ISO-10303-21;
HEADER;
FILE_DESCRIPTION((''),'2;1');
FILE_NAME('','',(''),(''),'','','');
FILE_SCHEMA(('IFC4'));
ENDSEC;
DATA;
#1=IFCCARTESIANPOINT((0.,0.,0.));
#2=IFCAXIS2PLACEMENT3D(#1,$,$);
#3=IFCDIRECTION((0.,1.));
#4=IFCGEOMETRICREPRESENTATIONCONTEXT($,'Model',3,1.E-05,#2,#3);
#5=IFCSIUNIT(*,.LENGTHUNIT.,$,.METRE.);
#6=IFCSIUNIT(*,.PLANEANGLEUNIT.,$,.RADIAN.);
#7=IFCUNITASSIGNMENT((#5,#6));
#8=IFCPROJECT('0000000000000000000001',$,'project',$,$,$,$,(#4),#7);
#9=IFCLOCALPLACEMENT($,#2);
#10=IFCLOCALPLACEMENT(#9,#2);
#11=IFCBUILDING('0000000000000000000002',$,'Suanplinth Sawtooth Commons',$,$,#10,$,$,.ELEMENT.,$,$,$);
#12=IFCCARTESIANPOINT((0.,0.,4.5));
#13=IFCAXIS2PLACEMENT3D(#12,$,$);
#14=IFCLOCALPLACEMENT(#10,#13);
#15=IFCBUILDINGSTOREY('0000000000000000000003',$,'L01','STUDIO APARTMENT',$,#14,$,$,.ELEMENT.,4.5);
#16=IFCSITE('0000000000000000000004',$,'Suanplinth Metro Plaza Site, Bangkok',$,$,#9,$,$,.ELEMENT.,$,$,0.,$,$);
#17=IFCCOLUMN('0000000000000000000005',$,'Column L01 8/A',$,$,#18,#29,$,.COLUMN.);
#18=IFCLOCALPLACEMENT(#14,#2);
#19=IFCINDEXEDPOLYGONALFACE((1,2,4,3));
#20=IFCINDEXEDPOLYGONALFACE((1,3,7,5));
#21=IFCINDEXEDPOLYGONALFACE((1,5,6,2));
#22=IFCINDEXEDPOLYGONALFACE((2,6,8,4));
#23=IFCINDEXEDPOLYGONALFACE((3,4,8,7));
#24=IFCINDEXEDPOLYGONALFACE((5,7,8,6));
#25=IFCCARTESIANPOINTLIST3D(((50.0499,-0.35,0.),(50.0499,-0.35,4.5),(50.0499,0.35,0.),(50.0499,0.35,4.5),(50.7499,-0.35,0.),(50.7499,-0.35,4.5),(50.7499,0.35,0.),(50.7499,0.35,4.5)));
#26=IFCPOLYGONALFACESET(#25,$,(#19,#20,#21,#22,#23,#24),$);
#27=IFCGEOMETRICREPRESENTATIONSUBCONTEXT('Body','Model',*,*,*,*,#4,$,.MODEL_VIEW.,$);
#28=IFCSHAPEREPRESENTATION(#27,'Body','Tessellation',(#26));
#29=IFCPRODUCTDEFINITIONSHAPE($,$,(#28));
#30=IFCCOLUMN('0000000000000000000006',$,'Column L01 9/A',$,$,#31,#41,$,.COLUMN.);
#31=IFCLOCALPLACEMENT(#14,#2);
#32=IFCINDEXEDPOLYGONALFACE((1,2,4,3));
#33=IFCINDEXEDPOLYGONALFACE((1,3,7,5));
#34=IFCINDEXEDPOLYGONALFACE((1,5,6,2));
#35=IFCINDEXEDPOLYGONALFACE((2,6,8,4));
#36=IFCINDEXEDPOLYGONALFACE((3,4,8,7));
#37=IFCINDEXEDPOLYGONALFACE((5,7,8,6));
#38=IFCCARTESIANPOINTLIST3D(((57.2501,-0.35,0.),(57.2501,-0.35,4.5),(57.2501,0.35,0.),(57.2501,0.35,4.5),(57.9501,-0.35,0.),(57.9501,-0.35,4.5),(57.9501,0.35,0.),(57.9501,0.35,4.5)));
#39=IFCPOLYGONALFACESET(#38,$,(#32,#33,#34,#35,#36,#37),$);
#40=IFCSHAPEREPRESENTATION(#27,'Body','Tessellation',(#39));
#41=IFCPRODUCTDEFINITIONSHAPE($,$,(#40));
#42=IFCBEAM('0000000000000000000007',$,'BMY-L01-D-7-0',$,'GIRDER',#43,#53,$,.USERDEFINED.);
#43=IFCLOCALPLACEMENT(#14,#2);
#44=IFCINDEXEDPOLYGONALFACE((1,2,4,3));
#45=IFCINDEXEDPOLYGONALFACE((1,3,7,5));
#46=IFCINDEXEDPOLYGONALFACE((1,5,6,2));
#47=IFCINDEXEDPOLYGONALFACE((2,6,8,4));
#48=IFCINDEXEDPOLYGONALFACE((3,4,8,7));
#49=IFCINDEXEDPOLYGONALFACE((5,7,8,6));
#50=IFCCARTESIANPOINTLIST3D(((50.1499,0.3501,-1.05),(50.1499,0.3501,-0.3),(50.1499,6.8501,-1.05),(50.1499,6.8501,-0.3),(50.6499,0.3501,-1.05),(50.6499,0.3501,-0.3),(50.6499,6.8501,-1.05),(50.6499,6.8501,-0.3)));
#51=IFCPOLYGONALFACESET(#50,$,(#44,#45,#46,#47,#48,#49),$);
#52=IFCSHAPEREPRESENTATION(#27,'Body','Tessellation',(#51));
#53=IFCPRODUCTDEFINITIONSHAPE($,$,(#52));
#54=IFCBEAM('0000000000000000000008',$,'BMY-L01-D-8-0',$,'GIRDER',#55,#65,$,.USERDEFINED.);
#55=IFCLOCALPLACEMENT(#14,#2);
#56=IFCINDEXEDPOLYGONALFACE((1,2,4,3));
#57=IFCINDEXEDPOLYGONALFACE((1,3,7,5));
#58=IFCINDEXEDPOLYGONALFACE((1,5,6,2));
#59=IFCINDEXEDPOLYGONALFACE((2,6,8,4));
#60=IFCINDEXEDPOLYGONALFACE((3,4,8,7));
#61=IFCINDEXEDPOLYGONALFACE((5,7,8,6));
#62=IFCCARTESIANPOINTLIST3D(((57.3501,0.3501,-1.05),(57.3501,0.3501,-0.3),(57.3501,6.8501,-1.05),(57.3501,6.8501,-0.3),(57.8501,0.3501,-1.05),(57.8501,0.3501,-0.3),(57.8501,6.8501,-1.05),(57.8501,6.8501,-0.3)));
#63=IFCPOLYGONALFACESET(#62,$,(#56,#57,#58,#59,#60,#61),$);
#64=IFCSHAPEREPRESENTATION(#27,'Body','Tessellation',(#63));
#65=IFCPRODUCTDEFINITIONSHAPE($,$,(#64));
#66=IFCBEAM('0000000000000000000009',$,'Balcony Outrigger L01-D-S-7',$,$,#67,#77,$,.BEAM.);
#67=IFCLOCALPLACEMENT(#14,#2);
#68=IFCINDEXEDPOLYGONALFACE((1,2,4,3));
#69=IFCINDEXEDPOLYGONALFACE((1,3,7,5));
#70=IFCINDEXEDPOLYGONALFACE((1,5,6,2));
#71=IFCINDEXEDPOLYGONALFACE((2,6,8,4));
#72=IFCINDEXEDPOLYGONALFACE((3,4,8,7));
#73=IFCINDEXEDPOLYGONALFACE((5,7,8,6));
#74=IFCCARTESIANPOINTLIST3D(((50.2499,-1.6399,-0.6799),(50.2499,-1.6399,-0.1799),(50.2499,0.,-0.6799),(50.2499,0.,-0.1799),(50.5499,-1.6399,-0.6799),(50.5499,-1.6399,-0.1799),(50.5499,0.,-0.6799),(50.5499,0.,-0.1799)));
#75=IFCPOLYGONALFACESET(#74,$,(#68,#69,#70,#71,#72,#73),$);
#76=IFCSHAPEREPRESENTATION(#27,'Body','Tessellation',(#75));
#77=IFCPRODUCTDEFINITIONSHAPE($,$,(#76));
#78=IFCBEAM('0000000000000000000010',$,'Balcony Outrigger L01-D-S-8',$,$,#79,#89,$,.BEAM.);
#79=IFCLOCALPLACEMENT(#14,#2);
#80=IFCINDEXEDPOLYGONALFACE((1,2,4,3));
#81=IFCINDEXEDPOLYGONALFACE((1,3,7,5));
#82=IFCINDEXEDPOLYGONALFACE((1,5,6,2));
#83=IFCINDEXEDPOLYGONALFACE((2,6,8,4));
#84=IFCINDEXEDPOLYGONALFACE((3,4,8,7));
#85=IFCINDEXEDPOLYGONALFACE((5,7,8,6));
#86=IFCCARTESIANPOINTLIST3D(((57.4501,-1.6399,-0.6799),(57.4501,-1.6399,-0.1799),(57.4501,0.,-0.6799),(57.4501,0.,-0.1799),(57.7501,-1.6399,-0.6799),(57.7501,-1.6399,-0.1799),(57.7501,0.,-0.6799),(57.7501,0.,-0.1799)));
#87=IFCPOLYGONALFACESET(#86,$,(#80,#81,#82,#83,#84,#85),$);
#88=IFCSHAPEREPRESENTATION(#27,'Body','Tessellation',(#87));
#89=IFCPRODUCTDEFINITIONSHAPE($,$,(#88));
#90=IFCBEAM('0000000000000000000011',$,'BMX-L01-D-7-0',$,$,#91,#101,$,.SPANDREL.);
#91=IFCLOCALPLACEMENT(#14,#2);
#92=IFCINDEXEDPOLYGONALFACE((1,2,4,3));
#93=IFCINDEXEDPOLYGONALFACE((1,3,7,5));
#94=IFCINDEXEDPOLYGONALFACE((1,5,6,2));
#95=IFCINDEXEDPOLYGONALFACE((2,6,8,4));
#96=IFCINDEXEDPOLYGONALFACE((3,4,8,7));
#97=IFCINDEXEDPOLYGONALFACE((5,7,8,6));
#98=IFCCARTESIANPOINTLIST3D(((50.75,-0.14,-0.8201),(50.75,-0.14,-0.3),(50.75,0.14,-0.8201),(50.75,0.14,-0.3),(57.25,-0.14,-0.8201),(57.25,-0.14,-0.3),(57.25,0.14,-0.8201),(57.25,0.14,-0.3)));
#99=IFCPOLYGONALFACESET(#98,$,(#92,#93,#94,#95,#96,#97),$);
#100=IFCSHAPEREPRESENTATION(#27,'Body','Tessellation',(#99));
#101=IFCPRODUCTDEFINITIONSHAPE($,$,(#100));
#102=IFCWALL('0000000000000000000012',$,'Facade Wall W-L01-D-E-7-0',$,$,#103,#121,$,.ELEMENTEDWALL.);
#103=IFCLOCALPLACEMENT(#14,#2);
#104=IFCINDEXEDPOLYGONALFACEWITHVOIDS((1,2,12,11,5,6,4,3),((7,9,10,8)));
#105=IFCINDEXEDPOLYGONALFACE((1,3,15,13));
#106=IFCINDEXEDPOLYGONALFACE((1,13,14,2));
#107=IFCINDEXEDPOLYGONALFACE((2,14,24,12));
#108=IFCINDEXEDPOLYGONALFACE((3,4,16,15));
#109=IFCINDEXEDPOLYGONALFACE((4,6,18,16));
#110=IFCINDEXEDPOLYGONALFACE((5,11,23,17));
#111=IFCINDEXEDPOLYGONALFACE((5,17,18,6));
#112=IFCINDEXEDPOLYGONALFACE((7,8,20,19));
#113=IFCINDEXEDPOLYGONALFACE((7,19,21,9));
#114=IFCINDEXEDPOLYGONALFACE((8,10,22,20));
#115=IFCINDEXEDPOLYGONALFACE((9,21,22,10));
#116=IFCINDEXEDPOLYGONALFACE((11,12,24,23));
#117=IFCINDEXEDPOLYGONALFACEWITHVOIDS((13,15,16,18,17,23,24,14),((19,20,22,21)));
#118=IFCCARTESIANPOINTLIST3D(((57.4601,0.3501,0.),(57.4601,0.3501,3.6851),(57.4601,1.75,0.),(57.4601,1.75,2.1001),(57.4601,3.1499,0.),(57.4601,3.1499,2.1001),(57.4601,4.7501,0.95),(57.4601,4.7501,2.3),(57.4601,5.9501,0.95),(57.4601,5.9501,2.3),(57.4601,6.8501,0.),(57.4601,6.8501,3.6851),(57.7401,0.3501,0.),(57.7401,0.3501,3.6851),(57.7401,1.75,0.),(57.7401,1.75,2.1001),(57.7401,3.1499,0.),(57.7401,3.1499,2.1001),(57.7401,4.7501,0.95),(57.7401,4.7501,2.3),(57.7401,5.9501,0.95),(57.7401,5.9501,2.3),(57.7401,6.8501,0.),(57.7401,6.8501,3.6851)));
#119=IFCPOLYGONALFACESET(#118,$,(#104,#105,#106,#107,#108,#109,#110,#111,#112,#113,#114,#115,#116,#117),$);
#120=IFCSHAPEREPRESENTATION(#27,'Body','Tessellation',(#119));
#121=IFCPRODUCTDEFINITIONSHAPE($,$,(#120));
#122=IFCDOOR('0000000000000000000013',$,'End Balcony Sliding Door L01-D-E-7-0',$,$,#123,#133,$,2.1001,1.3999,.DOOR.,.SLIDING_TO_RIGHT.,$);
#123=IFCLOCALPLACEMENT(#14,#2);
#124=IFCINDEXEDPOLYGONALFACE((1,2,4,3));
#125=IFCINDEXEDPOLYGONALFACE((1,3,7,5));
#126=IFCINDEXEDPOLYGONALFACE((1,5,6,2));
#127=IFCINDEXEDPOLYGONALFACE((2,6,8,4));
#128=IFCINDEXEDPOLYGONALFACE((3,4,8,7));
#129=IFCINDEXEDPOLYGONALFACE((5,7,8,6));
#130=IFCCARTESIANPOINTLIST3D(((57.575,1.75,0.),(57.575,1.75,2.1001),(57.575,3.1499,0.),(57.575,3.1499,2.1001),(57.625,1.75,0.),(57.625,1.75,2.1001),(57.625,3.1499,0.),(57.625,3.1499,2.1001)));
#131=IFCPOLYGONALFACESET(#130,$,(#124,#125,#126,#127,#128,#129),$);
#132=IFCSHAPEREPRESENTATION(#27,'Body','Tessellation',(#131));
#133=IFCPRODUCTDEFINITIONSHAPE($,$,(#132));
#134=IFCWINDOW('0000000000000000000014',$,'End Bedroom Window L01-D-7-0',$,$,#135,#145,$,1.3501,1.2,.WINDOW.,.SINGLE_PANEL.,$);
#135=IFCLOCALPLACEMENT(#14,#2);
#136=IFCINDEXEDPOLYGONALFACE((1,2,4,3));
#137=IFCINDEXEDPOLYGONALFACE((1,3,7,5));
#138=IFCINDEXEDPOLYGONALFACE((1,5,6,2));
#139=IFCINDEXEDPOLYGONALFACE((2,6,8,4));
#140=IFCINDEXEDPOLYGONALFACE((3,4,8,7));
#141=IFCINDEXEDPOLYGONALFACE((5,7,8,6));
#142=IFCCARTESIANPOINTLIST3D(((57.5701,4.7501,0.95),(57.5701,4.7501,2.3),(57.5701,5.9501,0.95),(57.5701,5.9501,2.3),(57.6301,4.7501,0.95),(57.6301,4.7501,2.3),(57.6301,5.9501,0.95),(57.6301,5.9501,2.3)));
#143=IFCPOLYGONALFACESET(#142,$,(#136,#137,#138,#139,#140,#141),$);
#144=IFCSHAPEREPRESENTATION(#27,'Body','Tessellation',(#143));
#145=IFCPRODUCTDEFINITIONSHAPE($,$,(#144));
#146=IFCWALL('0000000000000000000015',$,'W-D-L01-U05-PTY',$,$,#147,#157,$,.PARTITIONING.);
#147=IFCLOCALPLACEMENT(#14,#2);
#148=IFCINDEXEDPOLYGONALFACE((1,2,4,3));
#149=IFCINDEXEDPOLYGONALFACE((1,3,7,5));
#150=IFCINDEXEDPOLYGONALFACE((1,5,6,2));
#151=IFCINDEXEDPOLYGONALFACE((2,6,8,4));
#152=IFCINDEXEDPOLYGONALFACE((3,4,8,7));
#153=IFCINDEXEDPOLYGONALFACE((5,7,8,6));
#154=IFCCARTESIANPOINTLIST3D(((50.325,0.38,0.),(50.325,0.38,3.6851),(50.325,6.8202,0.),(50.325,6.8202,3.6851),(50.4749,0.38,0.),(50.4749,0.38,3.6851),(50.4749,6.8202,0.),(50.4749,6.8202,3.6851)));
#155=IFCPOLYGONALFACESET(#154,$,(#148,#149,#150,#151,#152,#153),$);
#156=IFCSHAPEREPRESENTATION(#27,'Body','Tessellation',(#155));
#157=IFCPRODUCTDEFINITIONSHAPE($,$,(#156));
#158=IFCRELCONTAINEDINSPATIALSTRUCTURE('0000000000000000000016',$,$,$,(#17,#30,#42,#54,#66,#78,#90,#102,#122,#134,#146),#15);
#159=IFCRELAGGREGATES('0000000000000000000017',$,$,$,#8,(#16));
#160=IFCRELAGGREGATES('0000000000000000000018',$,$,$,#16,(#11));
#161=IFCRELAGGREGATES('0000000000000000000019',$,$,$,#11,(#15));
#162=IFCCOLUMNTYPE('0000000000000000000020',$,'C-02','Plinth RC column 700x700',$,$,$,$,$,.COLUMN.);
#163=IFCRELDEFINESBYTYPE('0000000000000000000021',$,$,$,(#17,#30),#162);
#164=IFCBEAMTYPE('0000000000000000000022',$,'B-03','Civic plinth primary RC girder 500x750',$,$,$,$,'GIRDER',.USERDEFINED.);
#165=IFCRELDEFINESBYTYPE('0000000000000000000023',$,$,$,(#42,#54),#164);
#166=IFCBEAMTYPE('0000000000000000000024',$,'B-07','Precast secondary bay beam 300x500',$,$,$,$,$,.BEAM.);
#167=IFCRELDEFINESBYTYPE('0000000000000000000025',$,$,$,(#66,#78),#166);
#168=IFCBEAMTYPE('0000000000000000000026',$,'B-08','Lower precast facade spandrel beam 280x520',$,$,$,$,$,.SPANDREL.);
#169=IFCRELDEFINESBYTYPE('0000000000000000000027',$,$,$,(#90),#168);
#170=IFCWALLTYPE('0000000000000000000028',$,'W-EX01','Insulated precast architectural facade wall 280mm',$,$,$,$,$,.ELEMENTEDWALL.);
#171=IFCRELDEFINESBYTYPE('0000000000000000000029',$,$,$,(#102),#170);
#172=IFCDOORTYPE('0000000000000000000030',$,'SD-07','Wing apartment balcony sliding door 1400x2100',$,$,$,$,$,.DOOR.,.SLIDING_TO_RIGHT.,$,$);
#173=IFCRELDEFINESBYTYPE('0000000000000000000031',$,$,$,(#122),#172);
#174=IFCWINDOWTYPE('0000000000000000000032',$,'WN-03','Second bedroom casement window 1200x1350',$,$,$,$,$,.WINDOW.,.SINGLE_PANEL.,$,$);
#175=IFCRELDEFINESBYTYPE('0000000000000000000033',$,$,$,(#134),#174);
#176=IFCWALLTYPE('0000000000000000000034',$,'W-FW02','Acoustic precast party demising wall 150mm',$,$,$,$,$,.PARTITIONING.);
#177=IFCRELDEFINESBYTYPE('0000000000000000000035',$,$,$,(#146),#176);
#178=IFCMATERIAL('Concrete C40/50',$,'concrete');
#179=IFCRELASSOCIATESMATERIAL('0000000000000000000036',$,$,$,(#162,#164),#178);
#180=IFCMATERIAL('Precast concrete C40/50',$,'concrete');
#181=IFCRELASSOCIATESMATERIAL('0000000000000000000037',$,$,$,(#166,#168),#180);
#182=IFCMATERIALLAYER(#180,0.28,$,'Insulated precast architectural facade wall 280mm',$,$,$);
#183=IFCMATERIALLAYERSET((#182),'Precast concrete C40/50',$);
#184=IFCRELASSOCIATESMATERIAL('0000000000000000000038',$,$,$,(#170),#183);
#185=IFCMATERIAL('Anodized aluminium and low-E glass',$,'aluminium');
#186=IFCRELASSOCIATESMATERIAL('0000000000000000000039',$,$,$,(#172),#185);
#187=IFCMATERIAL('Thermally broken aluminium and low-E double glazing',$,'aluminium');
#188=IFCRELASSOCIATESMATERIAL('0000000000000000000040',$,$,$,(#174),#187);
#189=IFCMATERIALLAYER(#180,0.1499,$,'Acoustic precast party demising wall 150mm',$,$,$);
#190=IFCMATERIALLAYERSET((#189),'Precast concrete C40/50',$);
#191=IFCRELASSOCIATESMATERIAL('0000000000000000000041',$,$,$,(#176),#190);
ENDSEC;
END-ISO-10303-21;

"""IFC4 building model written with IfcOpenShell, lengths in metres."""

from ifc_helpers import new_model, si_unit, direction, frame, frame_2d, origin, origin_2d, place, context, subcontext, project, spatial, rectangle, extrude, material, layer, layer_set, material_profile, profile_set, type_object, element, fill, save


model = new_model("IFC4")

# Units and contexts
model_context = context("Model", 3, precision=1e-05, world=origin(), true_north=direction((0.0, 1.0)))
body_context = subcontext(model_context, "Body", "Model", "MODEL_VIEW")
ifc_project = project(units=[si_unit("LENGTHUNIT", "METRE"), si_unit("PLANEANGLEUNIT", "RADIAN")], contexts=[model_context])

# Site, building, storey
site_placement = place(None, origin())
site = spatial("IfcSite", under=ifc_project, at=site_placement, Name="Suanplinth Metro Plaza Site, Bangkok", CompositionType="ELEMENT", RefElevation=0.0)
building_placement = place(site_placement, origin())
building = spatial("IfcBuilding", under=site, at=building_placement, Name="Suanplinth Sawtooth Commons", CompositionType="ELEMENT")
storey_placement = place(building_placement, frame((0.0, 0.0, 4.5)))
storey = spatial("IfcBuildingStorey", under=building, at=storey_placement, Name="L01", Description="STUDIO APARTMENT", CompositionType="ELEMENT", Elevation=4.5)

# Columns
ifc_material_1 = material(Name="Concrete C40/50", Category="concrete")
ifc_material_profile_1 = material_profile(ifc_material_1, rectangle(XDim=0.7, YDim=0.7, at=origin_2d()), Name="RC-COL 700x700")
ifc_profile_set_1 = profile_set([ifc_material_profile_1], Name="Concrete C40/50")
column_type = type_object("IfcColumnType", Name="C-02", Description="Plinth RC column 700x700", PredefinedType="COLUMN", material=ifc_profile_set_1)
for number, where, z_axis, x_axis, name in (
    (1, (50.3999, 0.0, 0.0), (0.0, 0.0, 1.0), (1.0, 0.0, 0.0), "Column L01 8/A"),
    (2, (57.6001, 0.0, 0.0), (0.0, 0.0, 1.0), (1.0, 0.0, 0.0), "Column L01 9/A"),
):
    element("IfcColumn", number, at=place(storey_placement, frame(where, z_axis=z_axis, x_axis=x_axis)), inside=storey, type_object=column_type, Name=name, PredefinedType="COLUMN", context=body_context, shape_type="SweptSolid", body=[
        extrude(rectangle(XDim=0.7, YDim=0.7, at=origin_2d()), origin(), (0.0, 0.0, 1.0), 4.5),
    ])

# Beams
ifc_material_profile_2 = material_profile(ifc_material_1, rectangle(XDim=0.5, YDim=0.75, at=origin_2d()), Name="RC-GDR 500x750")
ifc_profile_set_2 = profile_set([ifc_material_profile_2], Name="Concrete C40/50")
beam_type_1 = type_object("IfcBeamType", Name="B-03", Description="Civic plinth primary RC girder 500x750", ElementType="GIRDER", PredefinedType="USERDEFINED", material=ifc_profile_set_2)
for number, where, z_axis, x_axis, name in (
    (3, (50.3999, 0.3501, -0.675), (0.0, 1.0, 0.0), (-1.0, 0.0, 0.0), "BMY-L01-D-7-0"),
    (4, (57.6001, 0.3501, -0.675), (0.0, 1.0, 0.0), (-1.0, 0.0, 0.0), "BMY-L01-D-8-0"),
):
    element("IfcBeam", number, at=place(storey_placement, frame(where, z_axis=z_axis, x_axis=x_axis)), inside=storey, type_object=beam_type_1, Name=name, ObjectType="GIRDER", PredefinedType="USERDEFINED", context=body_context, shape_type="SweptSolid", body=[
        extrude(rectangle(XDim=0.5, YDim=0.75, at=origin_2d()), origin(), (0.0, 0.0, 1.0), 6.5),
    ])
ifc_material_2 = material(Name="Precast concrete C40/50", Category="concrete")
ifc_material_profile_3 = material_profile(ifc_material_2, rectangle(XDim=0.3, YDim=0.5, at=origin_2d()), Name="PC-BM 300x500")
ifc_profile_set_3 = profile_set([ifc_material_profile_3], Name="Precast concrete C40/50")
beam_type_2 = type_object("IfcBeamType", Name="B-07", Description="Precast secondary bay beam 300x500", PredefinedType="BEAM", material=ifc_profile_set_3)
for number, where, z_axis, x_axis, name in (
    (5, (50.3999, 0.0, -0.4299), (0.0, -1.0, 0.0), (1.0, 0.0, 0.0), "Balcony Outrigger L01-D-S-7"),
    (6, (57.6001, 0.0, -0.4299), (0.0, -1.0, 0.0), (1.0, 0.0, 0.0), "Balcony Outrigger L01-D-S-8"),
):
    element("IfcBeam", number, at=place(storey_placement, frame(where, z_axis=z_axis, x_axis=x_axis)), inside=storey, type_object=beam_type_2, Name=name, PredefinedType="BEAM", context=body_context, shape_type="SweptSolid", body=[
        extrude(rectangle(XDim=0.3, YDim=0.5, at=origin_2d()), origin(), (0.0, 0.0, 1.0), 1.6399),
    ])
ifc_material_profile_4 = material_profile(ifc_material_2, rectangle(XDim=0.28, YDim=0.52, at=origin_2d()), Name="PC-SP 280x520")
ifc_profile_set_4 = profile_set([ifc_material_profile_4], Name="Precast concrete C40/50")
beam_type_3 = type_object("IfcBeamType", Name="B-08", Description="Lower precast facade spandrel beam 280x520", PredefinedType="SPANDREL", material=ifc_profile_set_4)
beam_placement = place(storey_placement, frame((50.75, 0.0, -0.5601), z_axis=(1.0, 0.0, 0.0), x_axis=(0.0, 1.0, 0.0)))
element("IfcBeam", 7, at=beam_placement, inside=storey, type_object=beam_type_3, Name="BMX-L01-D-7-0", PredefinedType="SPANDREL", context=body_context, shape_type="SweptSolid", body=[
    extrude(rectangle(XDim=0.28, YDim=0.52, at=origin_2d()), origin(), (0.0, 0.0, 1.0), 6.5),
])

# Wall, openings, door, window
ifc_layer_1 = layer(ifc_material_2, 0.28, Name="Insulated precast architectural facade wall 280mm")
ifc_layer_set_1 = layer_set([ifc_layer_1], Name="Precast concrete C40/50")
wall_type_1 = type_object("IfcWallType", Name="W-EX01", Description="Insulated precast architectural facade wall 280mm", PredefinedType="ELEMENTEDWALL", material=ifc_layer_set_1)
ifc_material_3 = material(Name="Anodized aluminium and low-E glass", Category="aluminium")
ifc_material_4 = material(Name="Thermally broken aluminium and low-E double glazing", Category="aluminium")
wall_1_placement = place(storey_placement, frame((57.6001, 0.3501, 0.0), z_axis=(0.0, 0.0, 1.0), x_axis=(0.0, 1.0, 0.0)))
wall_1 = element("IfcWall", 8, at=wall_1_placement, inside=storey, type_object=wall_type_1, Name="Facade Wall W-L01-D-E-7-0", PredefinedType="ELEMENTEDWALL", context=body_context, shape_type="SweptSolid", body=[
    extrude(rectangle(XDim=6.5, YDim=0.28, at=frame_2d((3.25, 0.0))), origin(), (0.0, 0.0, 1.0), 3.6851),
])
opening_1_placement = place(wall_1_placement, frame((1.3999, 0.0, 0.0)))
opening_1 = element("IfcOpeningElement", 9, at=opening_1_placement, cuts=wall_1, PredefinedType="OPENING", context=body_context, shape_type="SweptSolid", body=[
    extrude(rectangle(XDim=1.3999, YDim=2.1001, at=frame_2d((0.7, 1.05))), frame((0.0, 0.1548, 0.0), z_axis=(0.0, -1.0, 0.0), x_axis=(1.0, 0.0, 0.0)), (0.0, 0.0, 1.0), 0.3098),
])
opening_2_placement = place(wall_1_placement, frame((4.3999, 0.0, 0.95)))
opening_2 = element("IfcOpeningElement", 10, at=opening_2_placement, cuts=wall_1, PredefinedType="OPENING", context=body_context, shape_type="SweptSolid", body=[
    extrude(rectangle(XDim=1.2, YDim=1.3501, at=frame_2d((0.6001, 0.675))), frame((0.0, 0.1548, 0.0), z_axis=(0.0, -1.0, 0.0), x_axis=(1.0, 0.0, 0.0)), (0.0, 0.0, 1.0), 0.3098),
])
door_type_1 = type_object("IfcDoorType", Name="SD-07", Description="Wing apartment balcony sliding door 1400x2100", OperationType="SLIDING_TO_RIGHT", PredefinedType="DOOR", material=ifc_material_3)
door_1_placement = place(opening_1_placement, frame((1.3999, 0.0, 0.0), z_axis=(0.0, 0.0, 1.0), x_axis=(-1.0, 0.0, 0.0)))
door_1 = element("IfcDoor", 11, at=door_1_placement, inside=storey, type_object=door_type_1, Name="End Balcony Sliding Door L01-D-E-7-0", OperationType="SLIDING_TO_RIGHT", OverallHeight=2.1001, OverallWidth=1.3999, PredefinedType="DOOR", context=body_context, shape_type="SweptSolid", body=[
    extrude(rectangle(XDim=1.3999, YDim=2.1001, at=frame_2d((0.7, 1.05))), frame((0.0, 0.0249, 0.0), z_axis=(0.0, -1.0, 0.0), x_axis=(1.0, 0.0, 0.0)), (0.0, 0.0, 1.0), 0.05),
])
fill(opening_1, door_1)
window_type_1 = type_object("IfcWindowType", Name="WN-03", Description="Second bedroom casement window 1200x1350", PartitioningType="SINGLE_PANEL", PredefinedType="WINDOW", material=ifc_material_4)
window_1_placement = place(opening_2_placement, origin())
window_1 = element("IfcWindow", 12, at=window_1_placement, inside=storey, type_object=window_type_1, Name="End Bedroom Window L01-D-7-0", OverallHeight=1.3501, OverallWidth=1.2, PartitioningType="SINGLE_PANEL", PredefinedType="WINDOW", context=body_context, shape_type="SweptSolid", body=[
    extrude(rectangle(XDim=1.2, YDim=1.3501, at=frame_2d((0.6001, 0.675))), frame((0.0, 0.03, 0.0), z_axis=(0.0, -1.0, 0.0), x_axis=(1.0, 0.0, 0.0)), (0.0, 0.0, 1.0), 0.0601),
])
fill(opening_2, window_1)

# Wall
ifc_layer_2 = layer(ifc_material_2, 0.1499, Name="Acoustic precast party demising wall 150mm")
ifc_layer_set_2 = layer_set([ifc_layer_2], Name="Precast concrete C40/50")
wall_type_2 = type_object("IfcWallType", Name="W-FW02", Description="Acoustic precast party demising wall 150mm", PredefinedType="PARTITIONING", material=ifc_layer_set_2)
wall_2_placement = place(storey_placement, frame((50.3999, 0.3799, 0.0), z_axis=(0.0, 0.0, 1.0), x_axis=(0.0, 1.0, 0.0)))
element("IfcWall", 13, at=wall_2_placement, inside=storey, type_object=wall_type_2, Name="W-D-L01-U05-PTY", PredefinedType="PARTITIONING", context=body_context, shape_type="SweptSolid", body=[
    extrude(rectangle(XDim=6.4402, YDim=0.1499, at=frame_2d((3.2202, 0.0))), origin(), (0.0, 0.0, 1.0), 3.6851),
])

save(model, "model.ifc")
